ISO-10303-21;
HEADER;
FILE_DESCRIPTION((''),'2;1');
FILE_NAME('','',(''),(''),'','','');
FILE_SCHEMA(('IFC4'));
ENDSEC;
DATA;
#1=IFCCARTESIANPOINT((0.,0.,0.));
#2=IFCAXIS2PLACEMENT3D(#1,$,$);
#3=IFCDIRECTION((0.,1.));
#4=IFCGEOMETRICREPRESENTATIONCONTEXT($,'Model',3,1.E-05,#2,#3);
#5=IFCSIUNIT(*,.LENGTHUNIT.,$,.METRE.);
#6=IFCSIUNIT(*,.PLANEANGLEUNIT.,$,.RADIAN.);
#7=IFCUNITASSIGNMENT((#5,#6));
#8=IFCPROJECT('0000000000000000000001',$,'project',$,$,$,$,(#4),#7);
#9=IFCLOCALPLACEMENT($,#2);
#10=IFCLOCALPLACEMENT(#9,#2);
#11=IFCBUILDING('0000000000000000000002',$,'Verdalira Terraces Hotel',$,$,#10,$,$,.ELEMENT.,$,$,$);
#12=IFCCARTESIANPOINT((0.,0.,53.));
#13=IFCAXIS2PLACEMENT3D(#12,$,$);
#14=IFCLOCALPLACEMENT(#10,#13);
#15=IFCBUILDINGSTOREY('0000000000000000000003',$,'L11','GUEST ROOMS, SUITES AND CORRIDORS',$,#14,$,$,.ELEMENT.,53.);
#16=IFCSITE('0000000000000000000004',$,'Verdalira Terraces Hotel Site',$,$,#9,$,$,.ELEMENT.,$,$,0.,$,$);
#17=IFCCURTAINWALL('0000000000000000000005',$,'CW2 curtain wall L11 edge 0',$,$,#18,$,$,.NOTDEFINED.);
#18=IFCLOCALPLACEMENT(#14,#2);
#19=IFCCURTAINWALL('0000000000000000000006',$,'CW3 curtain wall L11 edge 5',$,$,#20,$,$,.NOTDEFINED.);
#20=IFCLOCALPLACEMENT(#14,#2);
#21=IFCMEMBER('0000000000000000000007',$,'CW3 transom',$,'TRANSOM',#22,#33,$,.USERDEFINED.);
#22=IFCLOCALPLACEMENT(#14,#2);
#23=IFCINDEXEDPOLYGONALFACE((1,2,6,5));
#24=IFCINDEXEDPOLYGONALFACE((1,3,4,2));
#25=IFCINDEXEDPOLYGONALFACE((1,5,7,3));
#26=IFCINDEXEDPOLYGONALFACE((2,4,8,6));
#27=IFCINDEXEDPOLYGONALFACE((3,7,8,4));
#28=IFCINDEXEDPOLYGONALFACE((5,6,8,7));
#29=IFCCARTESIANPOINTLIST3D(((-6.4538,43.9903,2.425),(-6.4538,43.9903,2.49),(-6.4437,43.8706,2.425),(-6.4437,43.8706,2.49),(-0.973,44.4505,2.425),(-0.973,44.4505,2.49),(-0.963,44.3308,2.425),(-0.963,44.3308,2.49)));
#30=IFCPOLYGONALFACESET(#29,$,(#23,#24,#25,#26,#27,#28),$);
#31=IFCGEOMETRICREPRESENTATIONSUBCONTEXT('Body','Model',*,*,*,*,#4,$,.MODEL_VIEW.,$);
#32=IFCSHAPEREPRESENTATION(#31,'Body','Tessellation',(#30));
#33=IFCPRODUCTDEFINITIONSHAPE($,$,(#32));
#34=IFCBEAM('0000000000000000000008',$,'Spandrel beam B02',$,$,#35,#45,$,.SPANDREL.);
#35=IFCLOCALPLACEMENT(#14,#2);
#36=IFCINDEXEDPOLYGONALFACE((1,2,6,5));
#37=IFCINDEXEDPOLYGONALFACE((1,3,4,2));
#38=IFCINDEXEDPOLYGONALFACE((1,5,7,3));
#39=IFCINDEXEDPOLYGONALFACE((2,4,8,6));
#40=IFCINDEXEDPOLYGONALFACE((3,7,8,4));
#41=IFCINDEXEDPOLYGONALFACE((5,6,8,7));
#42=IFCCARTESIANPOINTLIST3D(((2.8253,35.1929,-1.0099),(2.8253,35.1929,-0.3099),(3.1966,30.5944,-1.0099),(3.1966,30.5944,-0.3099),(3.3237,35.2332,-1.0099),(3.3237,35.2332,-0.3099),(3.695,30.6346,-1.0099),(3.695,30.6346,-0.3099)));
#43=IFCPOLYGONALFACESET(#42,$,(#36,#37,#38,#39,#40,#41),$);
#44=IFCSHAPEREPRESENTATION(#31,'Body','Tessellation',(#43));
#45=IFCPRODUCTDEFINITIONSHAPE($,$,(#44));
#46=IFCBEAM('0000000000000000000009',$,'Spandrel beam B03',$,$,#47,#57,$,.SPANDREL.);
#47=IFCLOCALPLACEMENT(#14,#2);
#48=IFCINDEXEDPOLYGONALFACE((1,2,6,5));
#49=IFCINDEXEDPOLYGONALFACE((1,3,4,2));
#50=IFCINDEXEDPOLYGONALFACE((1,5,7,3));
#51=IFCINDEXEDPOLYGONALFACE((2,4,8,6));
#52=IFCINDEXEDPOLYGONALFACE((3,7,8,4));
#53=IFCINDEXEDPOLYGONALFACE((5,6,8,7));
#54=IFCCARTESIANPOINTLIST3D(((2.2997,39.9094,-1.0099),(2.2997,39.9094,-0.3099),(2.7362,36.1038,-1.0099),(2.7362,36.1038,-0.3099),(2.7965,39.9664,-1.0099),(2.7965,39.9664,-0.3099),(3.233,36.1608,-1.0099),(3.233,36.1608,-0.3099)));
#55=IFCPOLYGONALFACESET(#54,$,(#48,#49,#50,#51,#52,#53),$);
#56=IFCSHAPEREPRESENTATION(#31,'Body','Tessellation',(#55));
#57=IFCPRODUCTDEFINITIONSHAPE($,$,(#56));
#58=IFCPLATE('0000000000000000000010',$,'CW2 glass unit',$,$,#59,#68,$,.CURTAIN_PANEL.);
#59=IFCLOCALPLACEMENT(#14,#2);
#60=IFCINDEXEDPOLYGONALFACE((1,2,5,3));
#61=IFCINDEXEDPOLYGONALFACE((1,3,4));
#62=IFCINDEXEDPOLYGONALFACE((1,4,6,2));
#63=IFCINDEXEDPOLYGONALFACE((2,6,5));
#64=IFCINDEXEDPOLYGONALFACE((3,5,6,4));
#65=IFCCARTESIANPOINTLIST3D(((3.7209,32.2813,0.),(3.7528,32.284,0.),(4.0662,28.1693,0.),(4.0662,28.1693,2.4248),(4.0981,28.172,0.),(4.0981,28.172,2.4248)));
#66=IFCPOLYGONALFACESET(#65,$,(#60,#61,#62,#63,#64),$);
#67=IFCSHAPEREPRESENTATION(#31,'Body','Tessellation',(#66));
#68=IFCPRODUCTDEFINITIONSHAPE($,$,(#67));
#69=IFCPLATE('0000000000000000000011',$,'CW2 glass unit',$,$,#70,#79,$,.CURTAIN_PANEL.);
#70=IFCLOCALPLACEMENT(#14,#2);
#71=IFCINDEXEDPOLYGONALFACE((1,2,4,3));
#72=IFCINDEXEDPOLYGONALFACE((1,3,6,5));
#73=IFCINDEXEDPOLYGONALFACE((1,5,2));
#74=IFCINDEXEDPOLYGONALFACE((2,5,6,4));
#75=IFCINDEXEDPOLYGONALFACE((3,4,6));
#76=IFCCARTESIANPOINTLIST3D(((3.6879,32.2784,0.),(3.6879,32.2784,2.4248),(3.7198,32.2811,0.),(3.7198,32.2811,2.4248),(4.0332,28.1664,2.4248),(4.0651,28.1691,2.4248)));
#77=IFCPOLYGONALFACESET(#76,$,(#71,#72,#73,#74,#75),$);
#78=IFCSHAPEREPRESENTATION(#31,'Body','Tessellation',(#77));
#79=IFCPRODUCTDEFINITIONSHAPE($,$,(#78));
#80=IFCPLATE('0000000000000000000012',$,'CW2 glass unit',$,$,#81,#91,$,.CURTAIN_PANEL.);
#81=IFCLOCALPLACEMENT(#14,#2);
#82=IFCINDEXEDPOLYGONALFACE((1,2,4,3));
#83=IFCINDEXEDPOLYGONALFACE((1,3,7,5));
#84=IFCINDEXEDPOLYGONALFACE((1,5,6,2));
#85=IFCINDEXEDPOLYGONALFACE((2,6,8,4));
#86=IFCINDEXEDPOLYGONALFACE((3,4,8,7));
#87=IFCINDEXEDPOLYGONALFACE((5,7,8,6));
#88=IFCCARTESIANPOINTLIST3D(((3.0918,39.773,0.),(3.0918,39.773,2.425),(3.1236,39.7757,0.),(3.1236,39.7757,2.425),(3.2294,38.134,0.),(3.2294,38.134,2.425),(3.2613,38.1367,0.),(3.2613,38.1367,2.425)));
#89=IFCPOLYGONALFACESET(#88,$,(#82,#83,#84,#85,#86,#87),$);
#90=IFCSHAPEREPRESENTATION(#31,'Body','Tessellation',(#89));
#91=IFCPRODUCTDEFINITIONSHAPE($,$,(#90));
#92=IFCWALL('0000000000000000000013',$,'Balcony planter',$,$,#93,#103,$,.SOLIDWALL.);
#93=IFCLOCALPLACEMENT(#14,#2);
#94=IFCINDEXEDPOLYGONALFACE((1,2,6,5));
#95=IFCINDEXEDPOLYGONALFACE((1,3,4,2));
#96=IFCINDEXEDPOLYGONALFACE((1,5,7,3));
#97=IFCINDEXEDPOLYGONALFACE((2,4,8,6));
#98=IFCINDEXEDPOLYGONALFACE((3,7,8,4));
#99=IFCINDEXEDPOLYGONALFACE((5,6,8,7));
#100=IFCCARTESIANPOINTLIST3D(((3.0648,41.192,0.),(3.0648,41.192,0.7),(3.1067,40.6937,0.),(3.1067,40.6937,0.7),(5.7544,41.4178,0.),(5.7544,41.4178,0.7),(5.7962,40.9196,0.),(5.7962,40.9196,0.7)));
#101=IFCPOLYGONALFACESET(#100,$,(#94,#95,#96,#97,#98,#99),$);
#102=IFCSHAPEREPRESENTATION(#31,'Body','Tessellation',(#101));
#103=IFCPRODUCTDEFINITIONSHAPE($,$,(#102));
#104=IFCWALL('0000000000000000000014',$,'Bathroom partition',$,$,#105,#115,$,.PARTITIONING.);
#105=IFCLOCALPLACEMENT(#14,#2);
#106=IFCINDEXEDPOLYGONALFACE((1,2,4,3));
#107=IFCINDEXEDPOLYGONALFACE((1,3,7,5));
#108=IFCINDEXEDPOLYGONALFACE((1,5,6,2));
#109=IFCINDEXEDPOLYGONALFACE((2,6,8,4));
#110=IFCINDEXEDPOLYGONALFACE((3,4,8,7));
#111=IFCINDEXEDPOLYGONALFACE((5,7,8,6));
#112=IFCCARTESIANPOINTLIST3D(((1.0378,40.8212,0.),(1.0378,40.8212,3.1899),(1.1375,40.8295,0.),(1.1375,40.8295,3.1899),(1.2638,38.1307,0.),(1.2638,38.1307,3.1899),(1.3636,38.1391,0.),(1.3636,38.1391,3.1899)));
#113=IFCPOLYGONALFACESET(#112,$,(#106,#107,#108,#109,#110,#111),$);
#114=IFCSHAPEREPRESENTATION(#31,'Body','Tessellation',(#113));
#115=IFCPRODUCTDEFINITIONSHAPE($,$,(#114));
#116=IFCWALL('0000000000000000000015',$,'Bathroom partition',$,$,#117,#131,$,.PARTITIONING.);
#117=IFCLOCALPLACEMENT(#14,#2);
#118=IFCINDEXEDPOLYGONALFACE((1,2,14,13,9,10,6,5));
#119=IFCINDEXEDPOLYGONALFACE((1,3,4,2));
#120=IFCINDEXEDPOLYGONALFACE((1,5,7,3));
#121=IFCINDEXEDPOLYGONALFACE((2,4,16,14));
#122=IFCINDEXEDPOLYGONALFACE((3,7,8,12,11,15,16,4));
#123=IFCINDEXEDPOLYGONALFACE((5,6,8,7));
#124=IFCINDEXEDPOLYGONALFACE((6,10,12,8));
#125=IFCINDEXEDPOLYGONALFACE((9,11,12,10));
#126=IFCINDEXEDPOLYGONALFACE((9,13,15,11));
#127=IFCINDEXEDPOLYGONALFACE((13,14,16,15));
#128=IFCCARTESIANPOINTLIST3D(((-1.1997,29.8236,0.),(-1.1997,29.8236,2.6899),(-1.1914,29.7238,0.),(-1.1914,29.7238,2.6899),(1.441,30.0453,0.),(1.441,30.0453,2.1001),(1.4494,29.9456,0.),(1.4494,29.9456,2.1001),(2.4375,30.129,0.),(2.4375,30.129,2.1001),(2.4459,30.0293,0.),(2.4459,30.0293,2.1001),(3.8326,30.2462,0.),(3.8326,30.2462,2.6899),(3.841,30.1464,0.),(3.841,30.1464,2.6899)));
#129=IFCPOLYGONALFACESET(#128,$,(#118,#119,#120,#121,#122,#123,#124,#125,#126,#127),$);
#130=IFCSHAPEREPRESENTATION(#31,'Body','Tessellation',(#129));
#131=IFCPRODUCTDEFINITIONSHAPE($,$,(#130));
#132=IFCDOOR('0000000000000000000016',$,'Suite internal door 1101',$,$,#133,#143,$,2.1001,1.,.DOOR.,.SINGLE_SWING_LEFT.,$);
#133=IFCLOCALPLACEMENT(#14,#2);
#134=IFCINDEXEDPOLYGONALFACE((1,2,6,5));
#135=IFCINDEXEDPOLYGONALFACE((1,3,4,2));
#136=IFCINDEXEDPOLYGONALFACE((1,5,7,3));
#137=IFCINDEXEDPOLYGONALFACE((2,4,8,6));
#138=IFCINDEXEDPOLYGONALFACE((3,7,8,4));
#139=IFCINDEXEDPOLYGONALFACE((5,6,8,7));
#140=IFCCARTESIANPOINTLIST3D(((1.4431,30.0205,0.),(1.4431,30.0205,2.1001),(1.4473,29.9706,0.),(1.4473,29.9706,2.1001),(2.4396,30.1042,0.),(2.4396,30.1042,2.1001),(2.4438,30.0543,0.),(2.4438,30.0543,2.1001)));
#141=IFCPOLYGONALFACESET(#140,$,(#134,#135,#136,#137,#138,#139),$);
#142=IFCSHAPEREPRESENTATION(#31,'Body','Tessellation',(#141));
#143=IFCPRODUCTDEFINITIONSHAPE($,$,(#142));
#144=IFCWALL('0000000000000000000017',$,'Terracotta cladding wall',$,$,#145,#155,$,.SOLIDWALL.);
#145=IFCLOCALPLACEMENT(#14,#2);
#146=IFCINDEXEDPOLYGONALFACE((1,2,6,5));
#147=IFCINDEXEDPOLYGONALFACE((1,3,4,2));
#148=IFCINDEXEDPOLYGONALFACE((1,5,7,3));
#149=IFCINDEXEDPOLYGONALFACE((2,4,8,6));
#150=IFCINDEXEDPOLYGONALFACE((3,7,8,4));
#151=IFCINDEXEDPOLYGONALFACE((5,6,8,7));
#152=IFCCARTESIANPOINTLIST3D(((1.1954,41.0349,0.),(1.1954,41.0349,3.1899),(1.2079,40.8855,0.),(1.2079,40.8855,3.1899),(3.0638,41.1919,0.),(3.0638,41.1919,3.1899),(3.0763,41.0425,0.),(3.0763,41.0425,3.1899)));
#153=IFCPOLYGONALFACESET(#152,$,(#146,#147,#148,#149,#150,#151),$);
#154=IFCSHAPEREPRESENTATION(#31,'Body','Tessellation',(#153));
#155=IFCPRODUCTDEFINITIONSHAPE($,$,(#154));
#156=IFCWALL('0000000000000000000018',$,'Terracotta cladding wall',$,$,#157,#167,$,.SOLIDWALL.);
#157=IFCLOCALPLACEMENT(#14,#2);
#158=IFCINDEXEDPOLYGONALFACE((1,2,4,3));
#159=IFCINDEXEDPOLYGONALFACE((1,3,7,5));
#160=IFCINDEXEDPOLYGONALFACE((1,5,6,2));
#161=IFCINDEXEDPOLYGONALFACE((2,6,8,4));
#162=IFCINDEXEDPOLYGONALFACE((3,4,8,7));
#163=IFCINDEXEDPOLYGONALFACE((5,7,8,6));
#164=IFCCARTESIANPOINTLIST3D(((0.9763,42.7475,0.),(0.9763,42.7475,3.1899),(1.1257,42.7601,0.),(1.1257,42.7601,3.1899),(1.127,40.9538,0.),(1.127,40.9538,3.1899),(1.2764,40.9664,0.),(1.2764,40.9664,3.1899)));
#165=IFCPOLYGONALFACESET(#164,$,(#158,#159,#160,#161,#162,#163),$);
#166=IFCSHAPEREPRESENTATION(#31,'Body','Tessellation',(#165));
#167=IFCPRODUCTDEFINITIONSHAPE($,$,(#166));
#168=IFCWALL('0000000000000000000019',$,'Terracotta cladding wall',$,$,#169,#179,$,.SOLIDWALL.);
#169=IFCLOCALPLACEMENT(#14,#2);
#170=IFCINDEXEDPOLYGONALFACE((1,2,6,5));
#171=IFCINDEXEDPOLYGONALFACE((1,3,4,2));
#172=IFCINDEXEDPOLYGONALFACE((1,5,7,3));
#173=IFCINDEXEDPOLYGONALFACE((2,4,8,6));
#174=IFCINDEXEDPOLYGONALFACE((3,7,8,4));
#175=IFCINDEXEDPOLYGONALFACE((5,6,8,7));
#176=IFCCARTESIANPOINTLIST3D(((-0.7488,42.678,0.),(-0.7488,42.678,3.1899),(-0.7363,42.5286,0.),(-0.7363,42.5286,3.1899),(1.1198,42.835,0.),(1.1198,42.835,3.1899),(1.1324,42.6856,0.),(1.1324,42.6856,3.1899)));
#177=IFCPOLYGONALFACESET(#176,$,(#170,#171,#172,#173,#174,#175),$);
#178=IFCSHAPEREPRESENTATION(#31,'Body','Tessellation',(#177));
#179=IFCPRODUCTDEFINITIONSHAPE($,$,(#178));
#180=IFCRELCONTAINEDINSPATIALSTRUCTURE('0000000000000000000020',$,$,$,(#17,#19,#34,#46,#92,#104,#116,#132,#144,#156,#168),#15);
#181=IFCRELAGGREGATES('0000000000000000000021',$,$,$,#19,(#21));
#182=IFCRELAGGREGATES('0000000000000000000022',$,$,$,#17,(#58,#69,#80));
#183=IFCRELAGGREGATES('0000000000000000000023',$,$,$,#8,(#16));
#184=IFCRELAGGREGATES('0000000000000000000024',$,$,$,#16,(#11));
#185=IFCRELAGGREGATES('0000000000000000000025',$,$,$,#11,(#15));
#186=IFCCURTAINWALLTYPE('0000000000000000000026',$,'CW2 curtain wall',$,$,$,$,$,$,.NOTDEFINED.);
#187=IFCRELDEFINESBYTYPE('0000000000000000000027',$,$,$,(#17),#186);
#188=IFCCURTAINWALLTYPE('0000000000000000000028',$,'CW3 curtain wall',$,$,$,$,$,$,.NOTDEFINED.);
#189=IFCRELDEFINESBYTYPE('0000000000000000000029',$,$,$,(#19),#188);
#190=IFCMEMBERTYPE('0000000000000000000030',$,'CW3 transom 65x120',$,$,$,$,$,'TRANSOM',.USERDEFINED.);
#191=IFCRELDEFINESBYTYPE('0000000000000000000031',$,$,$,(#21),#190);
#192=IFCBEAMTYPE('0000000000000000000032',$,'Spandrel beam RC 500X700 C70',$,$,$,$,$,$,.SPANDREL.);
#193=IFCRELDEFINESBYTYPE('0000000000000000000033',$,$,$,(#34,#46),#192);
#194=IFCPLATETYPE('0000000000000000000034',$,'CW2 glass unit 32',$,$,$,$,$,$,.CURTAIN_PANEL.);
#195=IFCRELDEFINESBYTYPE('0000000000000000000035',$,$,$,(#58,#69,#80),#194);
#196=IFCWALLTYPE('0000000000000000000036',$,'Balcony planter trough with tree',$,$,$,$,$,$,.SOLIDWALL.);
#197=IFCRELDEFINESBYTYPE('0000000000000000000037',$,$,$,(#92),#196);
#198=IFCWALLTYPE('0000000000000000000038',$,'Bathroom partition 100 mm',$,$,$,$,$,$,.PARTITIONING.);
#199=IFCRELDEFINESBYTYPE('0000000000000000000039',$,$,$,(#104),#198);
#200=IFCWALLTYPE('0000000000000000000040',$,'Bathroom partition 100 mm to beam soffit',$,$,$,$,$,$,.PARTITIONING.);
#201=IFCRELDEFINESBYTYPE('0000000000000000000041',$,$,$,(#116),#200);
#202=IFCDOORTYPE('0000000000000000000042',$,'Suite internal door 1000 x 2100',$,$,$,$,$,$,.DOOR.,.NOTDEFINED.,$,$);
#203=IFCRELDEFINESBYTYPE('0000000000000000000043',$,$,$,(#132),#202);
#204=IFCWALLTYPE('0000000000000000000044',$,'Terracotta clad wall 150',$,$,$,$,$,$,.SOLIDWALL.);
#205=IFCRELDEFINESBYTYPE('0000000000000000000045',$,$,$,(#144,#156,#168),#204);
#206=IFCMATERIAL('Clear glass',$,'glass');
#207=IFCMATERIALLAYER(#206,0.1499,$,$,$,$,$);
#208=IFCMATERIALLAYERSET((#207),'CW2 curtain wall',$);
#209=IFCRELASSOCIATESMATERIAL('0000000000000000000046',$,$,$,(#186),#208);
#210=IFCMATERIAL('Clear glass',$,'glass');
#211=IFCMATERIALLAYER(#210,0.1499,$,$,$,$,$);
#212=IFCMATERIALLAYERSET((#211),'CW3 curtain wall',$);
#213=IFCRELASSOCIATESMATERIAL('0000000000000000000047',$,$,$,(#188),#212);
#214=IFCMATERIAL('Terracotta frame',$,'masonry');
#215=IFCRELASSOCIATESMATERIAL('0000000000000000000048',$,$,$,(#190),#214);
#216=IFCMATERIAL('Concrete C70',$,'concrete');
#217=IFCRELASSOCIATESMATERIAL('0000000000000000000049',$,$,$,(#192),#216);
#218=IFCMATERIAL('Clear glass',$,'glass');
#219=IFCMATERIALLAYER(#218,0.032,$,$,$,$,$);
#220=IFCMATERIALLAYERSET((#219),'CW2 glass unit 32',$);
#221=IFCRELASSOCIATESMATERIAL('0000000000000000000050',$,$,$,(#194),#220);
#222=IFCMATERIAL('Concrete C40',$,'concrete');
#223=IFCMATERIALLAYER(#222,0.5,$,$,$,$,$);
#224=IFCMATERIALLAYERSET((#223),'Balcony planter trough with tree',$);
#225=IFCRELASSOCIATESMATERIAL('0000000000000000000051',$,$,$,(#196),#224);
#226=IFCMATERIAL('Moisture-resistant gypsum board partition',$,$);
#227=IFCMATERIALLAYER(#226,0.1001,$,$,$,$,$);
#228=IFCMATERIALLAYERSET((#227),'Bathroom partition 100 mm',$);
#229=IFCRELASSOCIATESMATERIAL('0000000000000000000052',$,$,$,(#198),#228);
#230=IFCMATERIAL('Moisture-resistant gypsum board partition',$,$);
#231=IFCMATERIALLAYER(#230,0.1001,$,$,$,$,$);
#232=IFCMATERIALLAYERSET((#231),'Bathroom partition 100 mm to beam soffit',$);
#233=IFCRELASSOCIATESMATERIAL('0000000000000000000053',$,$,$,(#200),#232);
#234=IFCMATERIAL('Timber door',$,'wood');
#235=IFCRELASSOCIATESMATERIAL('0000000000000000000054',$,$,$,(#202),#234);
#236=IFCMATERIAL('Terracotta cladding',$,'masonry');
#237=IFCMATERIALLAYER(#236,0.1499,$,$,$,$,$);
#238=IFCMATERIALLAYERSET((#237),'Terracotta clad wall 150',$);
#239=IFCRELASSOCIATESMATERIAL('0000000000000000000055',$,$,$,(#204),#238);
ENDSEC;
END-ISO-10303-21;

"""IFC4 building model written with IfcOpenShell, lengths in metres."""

from ifc_helpers import new_model, si_unit, direction, frame, frame_2d, origin, origin_2d, place, context, subcontext, project, spatial, polyline, rectangle, outline, extrude, material, layer, layer_set, material_profile, profile_set, type_object, element, fill, aggregate, save


model = new_model("IFC4")

# Units and contexts
model_context = context("Model", 3, precision=1e-05, world=origin(), true_north=direction((0.0, 1.0)))
body_context = subcontext(model_context, "Body", "Model", "MODEL_VIEW")
ifc_project = project(units=[si_unit("LENGTHUNIT", "METRE"), si_unit("PLANEANGLEUNIT", "RADIAN")], contexts=[model_context])

# Site, building, storey
site_placement = place(None, origin())
site = spatial("IfcSite", under=ifc_project, at=site_placement, Name="Verdalira Terraces Hotel Site", CompositionType="ELEMENT", RefElevation=0.0)
building_placement = place(site_placement, origin())
building = spatial("IfcBuilding", under=site, at=building_placement, Name="Verdalira Terraces Hotel", CompositionType="ELEMENT")
storey_placement = place(building_placement, frame((0.0, 0.0, 53.0)))
storey = spatial("IfcBuildingStorey", under=building, at=storey_placement, Name="L11", Description="GUEST ROOMS, SUITES AND CORRIDORS", CompositionType="ELEMENT", Elevation=53.0)

# Curtain wall
ifc_material_1 = material(Name="Clear glass", Category="glass")
ifc_layer_1 = layer(ifc_material_1, 0.1499)
ifc_layer_set_1 = layer_set([ifc_layer_1], Name="CW2 curtain wall")
curtain_wall_type_1 = type_object("IfcCurtainWallType", Name="CW2 curtain wall", PredefinedType="NOTDEFINED", material=ifc_layer_set_1)
curtain_wall_1_placement = place(storey_placement, origin())
curtain_wall_1 = element("IfcCurtainWall", 1, at=curtain_wall_1_placement, inside=storey, type_object=curtain_wall_type_1, Name="CW2 curtain wall L11 edge 0", PredefinedType="NOTDEFINED")

# Curtain wall, member
ifc_material_2 = material(Name="Clear glass", Category="glass")
ifc_layer_2 = layer(ifc_material_2, 0.1499)
ifc_layer_set_2 = layer_set([ifc_layer_2], Name="CW3 curtain wall")
curtain_wall_type_2 = type_object("IfcCurtainWallType", Name="CW3 curtain wall", PredefinedType="NOTDEFINED", material=ifc_layer_set_2)
curtain_wall_2_placement = place(storey_placement, origin())
curtain_wall_2 = element("IfcCurtainWall", 2, at=curtain_wall_2_placement, inside=storey, type_object=curtain_wall_type_2, Name="CW3 curtain wall L11 edge 5", PredefinedType="NOTDEFINED")
ifc_material_3 = material(Name="Terracotta frame", Category="masonry")
ifc_material_profile_1 = material_profile(ifc_material_3, rectangle(XDim=0.1201, YDim=0.0649, at=origin_2d()), Name="TR 65x120")
ifc_profile_set_1 = profile_set([ifc_material_profile_1], Name="Terracotta frame")
member_type_1 = type_object("IfcMemberType", Name="CW3 transom 65x120", ElementType="TRANSOM", PredefinedType="USERDEFINED", material=ifc_profile_set_1)
member_1_placement = place(storey_placement, frame((-0.968, 44.3906, 2.4575), z_axis=(-0.996493, -0.083674, 0.0), x_axis=(0.083674, -0.996493, 0.0)))
member_1 = element("IfcMember", 3, at=member_1_placement, type_object=member_type_1, Name="CW3 transom", ObjectType="TRANSOM", PredefinedType="USERDEFINED", context=body_context, shape_type="SweptSolid", body=[
    extrude(rectangle(XDim=0.1201, YDim=0.0649, at=origin_2d()), origin(), (0.0, 0.0, 1.0), 5.5),
])
aggregate(curtain_wall_2, [member_1])

# Beams
ifc_material_4 = material(Name="Concrete C70", Category="concrete")
ifc_material_profile_2 = material_profile(ifc_material_4, rectangle(XDim=0.5, YDim=0.7, at=origin_2d()), Name="RC 500X700")
ifc_profile_set_2 = profile_set([ifc_material_profile_2], Name="Concrete C70")
beam_type_1 = type_object("IfcBeamType", Name="Spandrel beam RC 500X700 C70", PredefinedType="SPANDREL", material=ifc_profile_set_2)
beam_1_placement = place(storey_placement, frame((3.4458, 30.6145, -0.6599), z_axis=(-0.080488, 0.996756, 0.0), x_axis=(-0.996756, -0.080488, 0.0)))
element("IfcBeam", 4, at=beam_1_placement, inside=storey, type_object=beam_type_1, Name="Spandrel beam B02", PredefinedType="SPANDREL", context=body_context, shape_type="SweptSolid", body=[
    extrude(rectangle(XDim=0.5, YDim=0.7, at=origin_2d()), origin(), (0.0, 0.0, 1.0), 4.6135),
])
beam_2_placement = place(storey_placement, frame((2.9846, 36.1323, -0.6599), z_axis=(-0.113956, 0.993486, 0.0), x_axis=(-0.993486, -0.113956, 0.0)))
element("IfcBeam", 5, at=beam_2_placement, inside=storey, type_object=beam_type_1, Name="Spandrel beam B03", PredefinedType="SPANDREL", context=body_context, shape_type="SweptSolid", body=[
    extrude(rectangle(XDim=0.5, YDim=0.7, at=origin_2d()), origin(), (0.0, 0.0, 1.0), 3.8306),
])

# Plates
ifc_material_5 = material(Name="Clear glass", Category="glass")
ifc_layer_3 = layer(ifc_material_5, 0.032)
ifc_layer_set_3 = layer_set([ifc_layer_3], Name="CW2 glass unit 32")
plate_type = type_object("IfcPlateType", Name="CW2 glass unit 32", PredefinedType="CURTAIN_PANEL", material=ifc_layer_set_3)
plate_1_placement = place(storey_placement, frame((3.8936, 30.2253, 1.2124), z_axis=(0.996493, 0.083678, 0.0), x_axis=(-0.083678, 0.996493, 0.0)))
plate_1 = element("IfcPlate", 6, at=plate_1_placement, type_object=plate_type, Name="CW2 glass unit", PredefinedType="CURTAIN_PANEL", context=body_context, shape_type="SweptSolid", body=[
    extrude(outline(polyline([(-2.0632, -1.2124), (2.0632, -1.2124), (-2.0632, 1.2124), (-2.0632, -1.2124)])), origin(), (0.0, 0.0, 1.0), 0.032),
])
plate_2_placement = place(storey_placement, frame((3.8606, 30.2224, 1.2124), z_axis=(0.996493, 0.083678, 0.0), x_axis=(-0.083678, 0.996493, 0.0)))
plate_2 = element("IfcPlate", 7, at=plate_2_placement, type_object=plate_type, Name="CW2 glass unit", PredefinedType="CURTAIN_PANEL", context=body_context, shape_type="SweptSolid", body=[
    extrude(outline(polyline([(2.0632, -1.2124), (2.0632, 1.2124), (-2.0632, 1.2124), (2.0632, -1.2124)])), origin(), (0.0, 0.0, 1.0), 0.032),
])
plate_3_placement = place(storey_placement, frame((3.1765, 38.9548, 0.0), z_axis=(0.0, 0.0, 1.0), x_axis=(-0.083678, 0.996493, 0.0)))
plate_3 = element("IfcPlate", 8, at=plate_3_placement, type_object=plate_type, Name="CW2 glass unit", PredefinedType="CURTAIN_PANEL", context=body_context, shape_type="SweptSolid", body=[
    extrude(rectangle(XDim=1.6448, YDim=0.032, at=origin_2d()), origin(), (0.0, 0.0, 1.0), 2.425),
])
aggregate(curtain_wall_1, [plate_1, plate_2, plate_3])

# Walls
ifc_material_6 = material(Name="Concrete C40", Category="concrete")
ifc_layer_4 = layer(ifc_material_6, 0.5)
ifc_layer_set_4 = layer_set([ifc_layer_4], Name="Balcony planter trough with tree")
wall_type_1 = type_object("IfcWallType", Name="Balcony planter trough with tree", PredefinedType="SOLIDWALL", material=ifc_layer_set_4)
wall_1_placement = place(storey_placement, frame((5.7754, 41.1687, 0.0), z_axis=(0.0, 0.0, 1.0), x_axis=(-0.996493, -0.083674, 0.0)))
element("IfcWall", 9, at=wall_1_placement, inside=storey, type_object=wall_type_1, Name="Balcony planter", PredefinedType="SOLIDWALL", context=body_context, shape_type="SweptSolid", body=[
    extrude(rectangle(XDim=2.699, YDim=0.5, at=frame_2d((1.3496, 0.0))), origin(), (0.0, 0.0, 1.0), 0.7),
])
ifc_material_7 = material(Name="Moisture-resistant gypsum board partition")
ifc_layer_5 = layer(ifc_material_7, 0.1001)
ifc_layer_set_5 = layer_set([ifc_layer_5], Name="Bathroom partition 100 mm")
wall_type_2 = type_object("IfcWallType", Name="Bathroom partition 100 mm", PredefinedType="PARTITIONING", material=ifc_layer_set_5)
wall_2_placement = place(storey_placement, frame((1.3137, 38.1348, 0.0), z_axis=(0.0, 0.0, 1.0), x_axis=(-0.083734, 0.996488, 0.0)))
element("IfcWall", 10, at=wall_2_placement, inside=storey, type_object=wall_type_2, Name="Bathroom partition", PredefinedType="PARTITIONING", context=body_context, shape_type="SweptSolid", body=[
    extrude(rectangle(XDim=2.7, YDim=0.1001, at=frame_2d((1.3501, 0.0))), origin(), (0.0, 0.0, 1.0), 3.1899),
])

# Wall, opening, door
ifc_material_8 = material(Name="Moisture-resistant gypsum board partition")
ifc_layer_6 = layer(ifc_material_8, 0.1001)
ifc_layer_set_6 = layer_set([ifc_layer_6], Name="Bathroom partition 100 mm to beam soffit")
wall_type_3 = type_object("IfcWallType", Name="Bathroom partition 100 mm to beam soffit", PredefinedType="PARTITIONING", material=ifc_layer_set_6)
wall_3_placement = place(storey_placement, frame((3.8367, 30.1963, 0.0), z_axis=(0.0, 0.0, 1.0), x_axis=(-0.996492, -0.083686, 0.0)))
wall_3 = element("IfcWall", 11, at=wall_3_placement, inside=storey, type_object=wall_type_3, Name="Bathroom partition", PredefinedType="PARTITIONING", context=body_context, shape_type="SweptSolid", body=[
    extrude(rectangle(XDim=5.05, YDim=0.1001, at=frame_2d((2.5249, 0.0))), origin(), (0.0, 0.0, 1.0), 2.6899),
])
opening_1_placement = place(wall_3_placement, frame((1.3999, 0.0, 0.0)))
opening_1 = element("IfcOpeningElement", 12, at=opening_1_placement, cuts=wall_3, PredefinedType="OPENING", context=body_context, shape_type="SweptSolid", body=[
    extrude(rectangle(XDim=1.0, YDim=2.1001, at=frame_2d((0.5, 1.05))), frame((0.0, 0.0601, 0.0), z_axis=(0.0, -1.0, 0.0), x_axis=(1.0, 0.0, 0.0)), (0.0, 0.0, 1.0), 0.1201),
])
ifc_material_9 = material(Name="Timber door", Category="wood")
door_type_1 = type_object("IfcDoorType", Name="Suite internal door 1000 x 2100", OperationType="NOTDEFINED", PredefinedType="DOOR", material=ifc_material_9)
door_1_placement = place(opening_1_placement, origin())
door_1 = element("IfcDoor", 13, at=door_1_placement, inside=storey, type_object=door_type_1, Name="Suite internal door 1101", OperationType="SINGLE_SWING_LEFT", OverallHeight=2.1001, OverallWidth=1.0, PredefinedType="DOOR", context=body_context, shape_type="SweptSolid", body=[
    extrude(rectangle(XDim=1.0, YDim=2.1001, at=frame_2d((0.5, 1.05))), frame((0.0, 0.0249, 0.0), z_axis=(0.0, -1.0, 0.0), x_axis=(1.0, 0.0, 0.0)), (0.0, 0.0, 1.0), 0.05),
])
fill(opening_1, door_1)

# Walls
ifc_material_10 = material(Name="Terracotta cladding", Category="masonry")
ifc_layer_7 = layer(ifc_material_10, 0.1499)
ifc_layer_set_7 = layer_set([ifc_layer_7], Name="Terracotta clad wall 150")
wall_type_4 = type_object("IfcWallType", Name="Terracotta clad wall 150", PredefinedType="SOLIDWALL", material=ifc_layer_set_7)
wall_4_placement = place(storey_placement, frame((3.0701, 41.1172, 0.0), z_axis=(0.0, 0.0, 1.0), x_axis=(-0.996489, -0.083724, 0.0)))
element("IfcWall", 14, at=wall_4_placement, inside=storey, type_object=wall_type_4, Name="Terracotta cladding wall", PredefinedType="SOLIDWALL", context=body_context, shape_type="SweptSolid", body=[
    extrude(rectangle(XDim=1.875, YDim=0.1499, at=frame_2d((0.9375, 0.0))), origin(), (0.0, 0.0, 1.0), 3.1899),
])
wall_5_placement = place(storey_placement, frame((1.2017, 40.9602, 0.0), z_axis=(0.0, 0.0, 1.0), x_axis=(-0.083685, 0.996492, 0.0)))
element("IfcWall", 15, at=wall_5_placement, inside=storey, type_object=wall_type_4, Name="Terracotta cladding wall", PredefinedType="SOLIDWALL", context=body_context, shape_type="SweptSolid", body=[
    extrude(rectangle(XDim=1.8, YDim=0.1499, at=frame_2d((0.8999, 0.0))), origin(), (0.0, 0.0, 1.0), 3.1899),
])
wall_6_placement = place(storey_placement, frame((1.126, 42.7603, 0.0), z_axis=(0.0, 0.0, 1.0), x_axis=(-0.99649, -0.083713, 0.0)))
element("IfcWall", 16, at=wall_6_placement, inside=storey, type_object=wall_type_4, Name="Terracotta cladding wall", PredefinedType="SOLIDWALL", context=body_context, shape_type="SweptSolid", body=[
    extrude(rectangle(XDim=1.8752, YDim=0.1499, at=frame_2d((0.9375, 0.0))), origin(), (0.0, 0.0, 1.0), 3.1899),
])

save(model, "model.ifc")
